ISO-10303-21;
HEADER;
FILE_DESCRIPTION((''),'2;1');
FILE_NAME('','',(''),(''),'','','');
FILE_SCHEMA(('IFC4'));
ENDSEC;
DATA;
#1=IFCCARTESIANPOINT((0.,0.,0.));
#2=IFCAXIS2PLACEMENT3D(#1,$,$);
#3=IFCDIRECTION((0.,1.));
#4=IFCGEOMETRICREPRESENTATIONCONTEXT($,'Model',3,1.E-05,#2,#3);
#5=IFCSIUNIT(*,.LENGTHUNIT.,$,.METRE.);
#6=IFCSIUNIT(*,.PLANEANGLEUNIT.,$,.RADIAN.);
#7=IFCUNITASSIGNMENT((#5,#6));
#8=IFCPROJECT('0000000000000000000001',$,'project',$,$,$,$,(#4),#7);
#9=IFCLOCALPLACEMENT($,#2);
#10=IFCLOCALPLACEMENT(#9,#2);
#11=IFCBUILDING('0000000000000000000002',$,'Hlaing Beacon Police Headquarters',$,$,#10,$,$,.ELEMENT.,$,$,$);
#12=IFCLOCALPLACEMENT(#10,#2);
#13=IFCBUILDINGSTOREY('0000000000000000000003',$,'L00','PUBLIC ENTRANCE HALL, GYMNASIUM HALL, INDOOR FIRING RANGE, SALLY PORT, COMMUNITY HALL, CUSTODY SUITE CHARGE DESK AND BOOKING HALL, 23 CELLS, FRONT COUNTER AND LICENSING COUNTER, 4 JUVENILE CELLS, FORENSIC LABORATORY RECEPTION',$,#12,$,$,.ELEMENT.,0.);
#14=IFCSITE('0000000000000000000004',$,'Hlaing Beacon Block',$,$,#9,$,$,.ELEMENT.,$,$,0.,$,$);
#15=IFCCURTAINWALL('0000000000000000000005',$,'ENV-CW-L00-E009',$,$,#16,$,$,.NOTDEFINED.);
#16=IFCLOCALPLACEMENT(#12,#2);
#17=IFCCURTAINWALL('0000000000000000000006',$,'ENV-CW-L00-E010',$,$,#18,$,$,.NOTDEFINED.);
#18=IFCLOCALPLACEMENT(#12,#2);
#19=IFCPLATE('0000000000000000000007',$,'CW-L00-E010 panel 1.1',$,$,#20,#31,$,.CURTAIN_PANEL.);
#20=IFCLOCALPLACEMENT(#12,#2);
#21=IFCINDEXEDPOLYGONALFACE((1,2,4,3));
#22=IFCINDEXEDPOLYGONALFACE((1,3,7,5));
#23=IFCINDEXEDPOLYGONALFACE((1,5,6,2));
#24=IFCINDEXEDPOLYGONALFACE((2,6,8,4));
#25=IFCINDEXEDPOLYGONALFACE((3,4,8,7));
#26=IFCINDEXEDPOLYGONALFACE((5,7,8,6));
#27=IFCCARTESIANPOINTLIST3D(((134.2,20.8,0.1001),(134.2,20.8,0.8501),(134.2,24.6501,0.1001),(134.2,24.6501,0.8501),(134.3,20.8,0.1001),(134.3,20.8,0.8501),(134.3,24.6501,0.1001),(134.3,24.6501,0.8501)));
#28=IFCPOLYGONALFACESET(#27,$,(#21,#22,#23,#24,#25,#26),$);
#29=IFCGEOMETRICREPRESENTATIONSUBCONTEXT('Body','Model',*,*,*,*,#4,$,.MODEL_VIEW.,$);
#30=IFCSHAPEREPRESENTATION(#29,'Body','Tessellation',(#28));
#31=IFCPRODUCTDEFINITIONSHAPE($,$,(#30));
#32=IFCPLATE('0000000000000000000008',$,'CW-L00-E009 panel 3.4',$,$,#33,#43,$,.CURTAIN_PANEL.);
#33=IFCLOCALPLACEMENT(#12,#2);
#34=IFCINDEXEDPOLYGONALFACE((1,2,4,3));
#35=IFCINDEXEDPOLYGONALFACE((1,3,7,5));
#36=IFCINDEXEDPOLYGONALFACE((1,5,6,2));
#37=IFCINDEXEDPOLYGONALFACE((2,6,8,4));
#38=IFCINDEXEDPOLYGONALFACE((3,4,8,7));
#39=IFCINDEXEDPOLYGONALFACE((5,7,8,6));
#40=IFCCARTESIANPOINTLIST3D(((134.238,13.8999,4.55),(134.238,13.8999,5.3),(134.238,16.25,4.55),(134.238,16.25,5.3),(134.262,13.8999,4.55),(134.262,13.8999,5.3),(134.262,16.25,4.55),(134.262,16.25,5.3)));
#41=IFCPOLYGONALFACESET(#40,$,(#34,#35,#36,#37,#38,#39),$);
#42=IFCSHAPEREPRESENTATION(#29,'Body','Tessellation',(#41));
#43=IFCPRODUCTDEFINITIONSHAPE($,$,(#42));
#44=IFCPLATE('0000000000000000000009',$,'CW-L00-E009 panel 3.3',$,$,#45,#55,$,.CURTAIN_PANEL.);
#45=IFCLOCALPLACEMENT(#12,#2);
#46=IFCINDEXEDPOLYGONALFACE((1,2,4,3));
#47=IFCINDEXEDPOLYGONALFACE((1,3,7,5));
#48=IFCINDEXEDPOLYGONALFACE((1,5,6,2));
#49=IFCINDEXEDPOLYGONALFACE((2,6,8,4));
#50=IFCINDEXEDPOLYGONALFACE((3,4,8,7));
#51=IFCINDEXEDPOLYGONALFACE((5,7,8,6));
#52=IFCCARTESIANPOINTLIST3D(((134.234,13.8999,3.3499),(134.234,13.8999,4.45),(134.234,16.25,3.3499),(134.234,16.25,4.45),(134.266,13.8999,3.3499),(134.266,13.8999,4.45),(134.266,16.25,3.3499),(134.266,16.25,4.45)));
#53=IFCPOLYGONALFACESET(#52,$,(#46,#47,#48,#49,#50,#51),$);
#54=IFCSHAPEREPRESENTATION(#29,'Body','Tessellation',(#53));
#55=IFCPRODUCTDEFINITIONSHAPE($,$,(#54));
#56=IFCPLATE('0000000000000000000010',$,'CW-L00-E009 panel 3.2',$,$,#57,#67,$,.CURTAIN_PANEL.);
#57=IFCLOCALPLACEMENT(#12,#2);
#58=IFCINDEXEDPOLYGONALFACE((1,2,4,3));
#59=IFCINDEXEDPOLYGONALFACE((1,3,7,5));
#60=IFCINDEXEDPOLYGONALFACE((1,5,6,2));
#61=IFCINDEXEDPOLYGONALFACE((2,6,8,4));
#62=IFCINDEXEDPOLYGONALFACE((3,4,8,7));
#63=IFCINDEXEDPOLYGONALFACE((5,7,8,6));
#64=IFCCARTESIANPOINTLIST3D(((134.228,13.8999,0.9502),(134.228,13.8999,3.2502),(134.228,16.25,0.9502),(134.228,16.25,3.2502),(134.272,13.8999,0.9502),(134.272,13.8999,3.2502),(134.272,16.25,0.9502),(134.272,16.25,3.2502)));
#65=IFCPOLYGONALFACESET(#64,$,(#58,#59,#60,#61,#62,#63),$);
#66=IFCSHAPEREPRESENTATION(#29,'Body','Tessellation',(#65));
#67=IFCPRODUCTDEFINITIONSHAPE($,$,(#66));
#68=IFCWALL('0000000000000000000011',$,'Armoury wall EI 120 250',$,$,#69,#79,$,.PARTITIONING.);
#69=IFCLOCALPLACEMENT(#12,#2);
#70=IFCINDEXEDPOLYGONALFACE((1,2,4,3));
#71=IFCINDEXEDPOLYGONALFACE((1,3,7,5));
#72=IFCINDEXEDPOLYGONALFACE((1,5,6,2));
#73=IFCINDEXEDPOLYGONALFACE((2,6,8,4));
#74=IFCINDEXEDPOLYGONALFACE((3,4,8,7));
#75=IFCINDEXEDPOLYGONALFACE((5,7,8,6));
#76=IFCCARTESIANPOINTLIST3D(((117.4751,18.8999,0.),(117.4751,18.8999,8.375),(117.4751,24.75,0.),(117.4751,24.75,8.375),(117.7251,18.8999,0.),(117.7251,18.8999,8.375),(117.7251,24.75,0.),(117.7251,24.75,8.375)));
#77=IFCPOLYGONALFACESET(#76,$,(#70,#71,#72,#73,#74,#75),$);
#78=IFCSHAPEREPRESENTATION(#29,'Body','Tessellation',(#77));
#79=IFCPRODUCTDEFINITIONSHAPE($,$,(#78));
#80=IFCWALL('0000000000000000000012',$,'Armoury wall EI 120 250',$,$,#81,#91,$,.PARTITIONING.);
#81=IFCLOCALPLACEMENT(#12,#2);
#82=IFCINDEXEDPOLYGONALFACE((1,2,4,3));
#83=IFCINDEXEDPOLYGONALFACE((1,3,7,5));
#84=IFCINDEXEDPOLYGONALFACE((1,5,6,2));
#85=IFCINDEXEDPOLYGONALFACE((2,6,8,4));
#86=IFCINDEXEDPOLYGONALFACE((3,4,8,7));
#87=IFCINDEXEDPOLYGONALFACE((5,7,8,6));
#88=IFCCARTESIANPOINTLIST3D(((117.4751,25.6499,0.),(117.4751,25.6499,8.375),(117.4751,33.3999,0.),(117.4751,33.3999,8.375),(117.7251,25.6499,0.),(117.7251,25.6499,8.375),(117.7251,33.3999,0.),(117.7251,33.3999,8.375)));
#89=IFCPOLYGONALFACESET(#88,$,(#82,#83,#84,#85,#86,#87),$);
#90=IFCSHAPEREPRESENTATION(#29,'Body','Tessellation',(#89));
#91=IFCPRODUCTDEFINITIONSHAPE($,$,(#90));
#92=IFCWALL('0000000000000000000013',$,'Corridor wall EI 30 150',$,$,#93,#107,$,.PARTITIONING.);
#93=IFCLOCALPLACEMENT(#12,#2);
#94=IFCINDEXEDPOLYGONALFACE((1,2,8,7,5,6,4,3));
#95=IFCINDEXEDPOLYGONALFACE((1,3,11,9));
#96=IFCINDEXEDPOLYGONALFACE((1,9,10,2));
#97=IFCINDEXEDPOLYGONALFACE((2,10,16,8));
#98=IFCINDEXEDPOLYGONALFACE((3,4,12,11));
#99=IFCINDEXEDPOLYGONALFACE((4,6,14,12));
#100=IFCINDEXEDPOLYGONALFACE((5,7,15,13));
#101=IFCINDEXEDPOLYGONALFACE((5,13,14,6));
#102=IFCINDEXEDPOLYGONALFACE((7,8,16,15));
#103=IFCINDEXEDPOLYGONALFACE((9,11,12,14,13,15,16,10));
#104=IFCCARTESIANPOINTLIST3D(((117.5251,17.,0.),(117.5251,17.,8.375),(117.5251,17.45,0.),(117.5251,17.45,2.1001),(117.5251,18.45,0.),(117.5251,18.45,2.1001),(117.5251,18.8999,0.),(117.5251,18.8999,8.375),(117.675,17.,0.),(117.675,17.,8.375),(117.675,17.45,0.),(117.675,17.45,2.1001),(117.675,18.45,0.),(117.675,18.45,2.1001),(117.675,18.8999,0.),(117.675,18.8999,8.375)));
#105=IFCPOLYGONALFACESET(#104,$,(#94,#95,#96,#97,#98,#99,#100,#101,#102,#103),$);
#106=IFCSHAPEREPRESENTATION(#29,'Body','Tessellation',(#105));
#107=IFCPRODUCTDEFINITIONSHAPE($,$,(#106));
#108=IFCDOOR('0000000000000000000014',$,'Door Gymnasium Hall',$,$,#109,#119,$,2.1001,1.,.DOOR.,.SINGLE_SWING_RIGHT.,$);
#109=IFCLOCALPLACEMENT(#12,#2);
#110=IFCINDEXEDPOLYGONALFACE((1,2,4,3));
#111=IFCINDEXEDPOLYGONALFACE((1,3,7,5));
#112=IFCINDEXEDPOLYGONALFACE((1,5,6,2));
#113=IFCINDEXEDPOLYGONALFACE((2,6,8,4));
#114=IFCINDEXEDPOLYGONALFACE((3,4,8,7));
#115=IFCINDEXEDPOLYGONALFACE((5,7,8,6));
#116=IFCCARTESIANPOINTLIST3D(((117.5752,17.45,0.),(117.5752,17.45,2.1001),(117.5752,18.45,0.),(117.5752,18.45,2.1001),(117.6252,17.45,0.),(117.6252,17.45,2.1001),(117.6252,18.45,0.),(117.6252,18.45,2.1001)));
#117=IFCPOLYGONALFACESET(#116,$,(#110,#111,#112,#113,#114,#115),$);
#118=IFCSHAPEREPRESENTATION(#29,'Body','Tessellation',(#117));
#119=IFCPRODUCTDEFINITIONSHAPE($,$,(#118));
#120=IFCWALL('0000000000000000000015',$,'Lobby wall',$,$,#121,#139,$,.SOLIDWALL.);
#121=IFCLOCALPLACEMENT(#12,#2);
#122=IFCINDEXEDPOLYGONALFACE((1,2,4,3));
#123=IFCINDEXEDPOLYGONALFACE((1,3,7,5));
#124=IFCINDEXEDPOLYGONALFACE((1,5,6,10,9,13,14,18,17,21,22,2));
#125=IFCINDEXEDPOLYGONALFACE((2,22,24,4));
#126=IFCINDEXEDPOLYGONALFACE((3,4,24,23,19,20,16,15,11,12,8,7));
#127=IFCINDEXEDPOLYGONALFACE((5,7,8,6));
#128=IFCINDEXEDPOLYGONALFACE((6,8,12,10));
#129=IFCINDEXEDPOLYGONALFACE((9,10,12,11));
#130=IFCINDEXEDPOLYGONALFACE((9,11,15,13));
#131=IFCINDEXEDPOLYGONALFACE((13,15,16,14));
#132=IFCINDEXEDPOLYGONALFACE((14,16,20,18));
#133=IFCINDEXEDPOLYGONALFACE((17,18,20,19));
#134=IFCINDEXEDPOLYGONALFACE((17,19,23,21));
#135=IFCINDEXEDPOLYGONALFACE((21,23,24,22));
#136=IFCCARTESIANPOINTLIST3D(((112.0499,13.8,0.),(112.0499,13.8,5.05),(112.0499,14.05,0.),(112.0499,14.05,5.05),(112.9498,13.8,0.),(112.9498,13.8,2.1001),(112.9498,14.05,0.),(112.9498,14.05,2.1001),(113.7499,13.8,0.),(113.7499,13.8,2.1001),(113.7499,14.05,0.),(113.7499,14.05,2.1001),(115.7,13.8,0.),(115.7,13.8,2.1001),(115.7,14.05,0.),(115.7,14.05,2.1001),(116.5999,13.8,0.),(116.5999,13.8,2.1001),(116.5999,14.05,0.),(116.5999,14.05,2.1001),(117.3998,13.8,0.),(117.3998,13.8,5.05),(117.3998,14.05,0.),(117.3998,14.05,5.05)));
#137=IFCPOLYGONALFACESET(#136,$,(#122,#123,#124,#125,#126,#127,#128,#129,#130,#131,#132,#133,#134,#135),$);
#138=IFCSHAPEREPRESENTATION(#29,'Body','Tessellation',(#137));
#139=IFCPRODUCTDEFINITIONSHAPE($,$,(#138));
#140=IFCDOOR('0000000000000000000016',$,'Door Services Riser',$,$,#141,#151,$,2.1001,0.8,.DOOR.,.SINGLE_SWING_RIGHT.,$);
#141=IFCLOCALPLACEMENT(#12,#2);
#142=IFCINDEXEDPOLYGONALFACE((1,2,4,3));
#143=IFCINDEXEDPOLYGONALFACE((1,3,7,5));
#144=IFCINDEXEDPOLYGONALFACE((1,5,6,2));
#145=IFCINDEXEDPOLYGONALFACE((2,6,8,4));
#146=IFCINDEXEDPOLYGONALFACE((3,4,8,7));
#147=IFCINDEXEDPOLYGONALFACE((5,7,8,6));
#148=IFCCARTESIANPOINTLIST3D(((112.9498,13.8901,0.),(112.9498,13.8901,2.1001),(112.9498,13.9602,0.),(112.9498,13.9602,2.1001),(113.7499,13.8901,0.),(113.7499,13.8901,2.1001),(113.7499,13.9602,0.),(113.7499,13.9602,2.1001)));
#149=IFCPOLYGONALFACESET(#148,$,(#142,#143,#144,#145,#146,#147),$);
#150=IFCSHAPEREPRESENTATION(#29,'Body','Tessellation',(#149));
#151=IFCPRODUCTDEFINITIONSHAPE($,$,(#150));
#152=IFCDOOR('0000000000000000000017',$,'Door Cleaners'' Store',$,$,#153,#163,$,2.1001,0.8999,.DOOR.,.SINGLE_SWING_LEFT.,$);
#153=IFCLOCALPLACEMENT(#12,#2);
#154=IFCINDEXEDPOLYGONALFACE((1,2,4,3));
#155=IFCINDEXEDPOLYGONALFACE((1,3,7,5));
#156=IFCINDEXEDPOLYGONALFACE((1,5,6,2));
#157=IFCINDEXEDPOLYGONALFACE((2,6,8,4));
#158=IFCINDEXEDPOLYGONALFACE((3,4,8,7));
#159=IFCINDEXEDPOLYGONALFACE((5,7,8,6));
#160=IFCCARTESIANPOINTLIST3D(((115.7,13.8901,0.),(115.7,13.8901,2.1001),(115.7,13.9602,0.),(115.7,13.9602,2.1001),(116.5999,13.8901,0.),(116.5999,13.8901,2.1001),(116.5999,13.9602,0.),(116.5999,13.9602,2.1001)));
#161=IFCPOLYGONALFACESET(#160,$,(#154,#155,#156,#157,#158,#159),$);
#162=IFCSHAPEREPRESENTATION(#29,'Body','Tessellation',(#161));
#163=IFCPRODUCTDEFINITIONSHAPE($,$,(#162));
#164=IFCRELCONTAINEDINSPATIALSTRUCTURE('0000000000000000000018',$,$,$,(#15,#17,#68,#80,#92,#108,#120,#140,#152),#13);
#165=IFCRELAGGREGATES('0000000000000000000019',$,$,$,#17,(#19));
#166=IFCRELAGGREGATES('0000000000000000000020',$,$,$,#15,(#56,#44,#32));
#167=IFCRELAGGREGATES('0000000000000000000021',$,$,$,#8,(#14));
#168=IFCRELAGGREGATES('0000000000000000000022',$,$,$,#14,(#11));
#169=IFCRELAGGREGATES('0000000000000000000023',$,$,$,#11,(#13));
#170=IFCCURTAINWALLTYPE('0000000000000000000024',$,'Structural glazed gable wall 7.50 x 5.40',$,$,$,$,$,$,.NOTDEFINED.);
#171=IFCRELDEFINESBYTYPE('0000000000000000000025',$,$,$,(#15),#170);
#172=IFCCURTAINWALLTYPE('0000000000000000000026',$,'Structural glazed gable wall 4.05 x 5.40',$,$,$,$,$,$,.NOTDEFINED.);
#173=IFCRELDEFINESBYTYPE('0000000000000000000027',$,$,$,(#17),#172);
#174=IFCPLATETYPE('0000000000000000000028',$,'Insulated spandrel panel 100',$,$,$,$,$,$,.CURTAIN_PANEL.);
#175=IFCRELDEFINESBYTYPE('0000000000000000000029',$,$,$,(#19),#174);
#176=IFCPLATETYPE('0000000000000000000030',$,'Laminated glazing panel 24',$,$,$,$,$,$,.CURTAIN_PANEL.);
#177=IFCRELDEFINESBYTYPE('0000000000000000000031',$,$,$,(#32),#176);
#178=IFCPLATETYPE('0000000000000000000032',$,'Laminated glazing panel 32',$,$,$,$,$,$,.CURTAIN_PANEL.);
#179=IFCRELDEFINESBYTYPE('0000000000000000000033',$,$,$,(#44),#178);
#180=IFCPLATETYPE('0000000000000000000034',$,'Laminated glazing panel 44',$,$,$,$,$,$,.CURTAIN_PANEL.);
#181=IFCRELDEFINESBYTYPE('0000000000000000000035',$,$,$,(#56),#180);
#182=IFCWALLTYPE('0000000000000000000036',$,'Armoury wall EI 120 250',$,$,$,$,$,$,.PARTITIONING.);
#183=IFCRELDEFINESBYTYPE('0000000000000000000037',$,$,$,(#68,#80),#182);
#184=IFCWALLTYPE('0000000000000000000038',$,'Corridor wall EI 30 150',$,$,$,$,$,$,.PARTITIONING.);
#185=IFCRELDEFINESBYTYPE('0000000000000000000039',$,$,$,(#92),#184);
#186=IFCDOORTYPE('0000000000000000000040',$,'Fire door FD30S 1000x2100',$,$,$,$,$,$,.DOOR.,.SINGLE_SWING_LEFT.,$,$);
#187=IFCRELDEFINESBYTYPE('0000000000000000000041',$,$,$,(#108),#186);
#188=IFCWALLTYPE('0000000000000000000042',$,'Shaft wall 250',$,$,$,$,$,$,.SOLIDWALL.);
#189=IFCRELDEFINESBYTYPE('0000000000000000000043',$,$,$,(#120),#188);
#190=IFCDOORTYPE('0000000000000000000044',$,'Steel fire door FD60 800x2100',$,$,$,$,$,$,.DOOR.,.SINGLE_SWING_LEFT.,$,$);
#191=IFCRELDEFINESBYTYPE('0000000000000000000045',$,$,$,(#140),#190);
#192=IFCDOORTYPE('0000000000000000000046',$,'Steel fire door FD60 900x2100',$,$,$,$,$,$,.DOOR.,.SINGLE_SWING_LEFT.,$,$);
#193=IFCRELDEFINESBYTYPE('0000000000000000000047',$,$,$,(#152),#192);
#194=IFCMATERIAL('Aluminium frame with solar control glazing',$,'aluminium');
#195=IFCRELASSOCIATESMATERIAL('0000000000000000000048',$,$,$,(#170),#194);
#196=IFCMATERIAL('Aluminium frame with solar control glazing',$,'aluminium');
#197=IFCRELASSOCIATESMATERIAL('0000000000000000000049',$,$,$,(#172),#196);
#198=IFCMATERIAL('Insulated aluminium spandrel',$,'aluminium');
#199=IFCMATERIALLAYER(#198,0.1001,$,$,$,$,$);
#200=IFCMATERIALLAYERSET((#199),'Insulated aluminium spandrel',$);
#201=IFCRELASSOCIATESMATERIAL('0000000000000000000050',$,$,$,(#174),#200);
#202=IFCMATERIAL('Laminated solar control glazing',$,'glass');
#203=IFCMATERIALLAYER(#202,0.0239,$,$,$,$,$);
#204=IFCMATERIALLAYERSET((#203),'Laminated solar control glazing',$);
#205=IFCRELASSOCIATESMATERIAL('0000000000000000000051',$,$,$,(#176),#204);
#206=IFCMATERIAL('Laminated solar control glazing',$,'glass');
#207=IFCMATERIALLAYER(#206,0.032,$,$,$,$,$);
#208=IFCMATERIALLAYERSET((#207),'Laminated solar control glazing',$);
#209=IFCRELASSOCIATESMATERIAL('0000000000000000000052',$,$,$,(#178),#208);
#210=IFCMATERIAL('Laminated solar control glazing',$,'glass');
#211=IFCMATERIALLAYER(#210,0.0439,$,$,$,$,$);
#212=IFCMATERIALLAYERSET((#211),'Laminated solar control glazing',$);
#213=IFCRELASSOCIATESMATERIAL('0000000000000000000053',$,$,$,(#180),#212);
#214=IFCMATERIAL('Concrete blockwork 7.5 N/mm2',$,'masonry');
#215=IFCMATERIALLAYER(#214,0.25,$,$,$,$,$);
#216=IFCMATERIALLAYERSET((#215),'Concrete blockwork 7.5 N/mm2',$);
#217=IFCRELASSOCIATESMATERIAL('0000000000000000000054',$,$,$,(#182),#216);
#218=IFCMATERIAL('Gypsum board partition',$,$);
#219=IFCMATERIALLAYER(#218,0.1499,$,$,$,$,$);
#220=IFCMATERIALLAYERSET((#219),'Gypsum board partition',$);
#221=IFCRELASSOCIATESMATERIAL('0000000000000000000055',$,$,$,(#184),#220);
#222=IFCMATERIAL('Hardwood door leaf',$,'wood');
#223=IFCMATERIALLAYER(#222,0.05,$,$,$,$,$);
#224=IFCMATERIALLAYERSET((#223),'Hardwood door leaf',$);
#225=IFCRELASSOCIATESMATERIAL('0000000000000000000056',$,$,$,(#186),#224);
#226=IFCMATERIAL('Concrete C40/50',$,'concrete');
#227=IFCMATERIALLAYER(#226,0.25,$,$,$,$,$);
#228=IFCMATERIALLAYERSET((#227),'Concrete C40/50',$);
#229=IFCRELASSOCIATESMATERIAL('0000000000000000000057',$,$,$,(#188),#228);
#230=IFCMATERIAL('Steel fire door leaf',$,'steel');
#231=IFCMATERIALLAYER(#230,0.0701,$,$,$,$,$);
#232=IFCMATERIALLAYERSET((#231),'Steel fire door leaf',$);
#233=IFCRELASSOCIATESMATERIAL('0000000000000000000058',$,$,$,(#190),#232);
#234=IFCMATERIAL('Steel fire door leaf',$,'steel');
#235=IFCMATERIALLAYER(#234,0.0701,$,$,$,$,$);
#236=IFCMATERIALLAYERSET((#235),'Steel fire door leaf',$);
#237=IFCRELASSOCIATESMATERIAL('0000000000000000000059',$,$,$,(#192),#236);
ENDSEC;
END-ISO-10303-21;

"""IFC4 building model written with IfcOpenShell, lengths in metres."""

from ifc_helpers import new_model, si_unit, direction, frame, frame_2d, origin, origin_2d, place, context, subcontext, project, spatial, rectangle, extrude, material, layer, layer_set, type_object, element, fill, aggregate, save


model = new_model("IFC4")

# Units and contexts
model_context = context("Model", 3, precision=1e-05, world=origin(), true_north=direction((0.0, 1.0)))
body_context = subcontext(model_context, "Body", "Model", "MODEL_VIEW")
ifc_project = project(units=[si_unit("LENGTHUNIT", "METRE"), si_unit("PLANEANGLEUNIT", "RADIAN")], contexts=[model_context])

# Site, building, storey
site_placement = place(None, origin())
site = spatial("IfcSite", under=ifc_project, at=site_placement, Name="Hlaing Beacon Block", CompositionType="ELEMENT", RefElevation=0.0)
building_placement = place(site_placement, origin())
building = spatial("IfcBuilding", under=site, at=building_placement, Name="Hlaing Beacon Police Headquarters", CompositionType="ELEMENT")
storey_placement = place(building_placement, origin())
storey = spatial("IfcBuildingStorey", under=building, at=storey_placement, Name="L00", Description="PUBLIC ENTRANCE HALL, GYMNASIUM HALL, INDOOR FIRING RANGE, SALLY PORT, COMMUNITY HALL, CUSTODY SUITE CHARGE DESK AND BOOKING HALL, 23 CELLS, FRONT COUNTER AND LICENSING COUNTER, 4 JUVENILE CELLS, FORENSIC LABORATORY RECEPTION", CompositionType="ELEMENT", Elevation=0.0)

# Curtain walls
ifc_material_1 = material(Name="Aluminium frame with solar control glazing", Category="aluminium")
curtain_wall_type_1 = type_object("IfcCurtainWallType", Name="Structural glazed gable wall 7.50 x 5.40", PredefinedType="NOTDEFINED", material=ifc_material_1)
curtain_wall_1_placement = place(storey_placement, origin())
curtain_wall_1 = element("IfcCurtainWall", 1, at=curtain_wall_1_placement, inside=storey, type_object=curtain_wall_type_1, Name="ENV-CW-L00-E009", PredefinedType="NOTDEFINED")
ifc_material_2 = material(Name="Aluminium frame with solar control glazing", Category="aluminium")
curtain_wall_type_2 = type_object("IfcCurtainWallType", Name="Structural glazed gable wall 4.05 x 5.40", PredefinedType="NOTDEFINED", material=ifc_material_2)
curtain_wall_2_placement = place(storey_placement, origin())
curtain_wall_2 = element("IfcCurtainWall", 2, at=curtain_wall_2_placement, inside=storey, type_object=curtain_wall_type_2, Name="ENV-CW-L00-E010", PredefinedType="NOTDEFINED")

# Plates
ifc_material_3 = material(Name="Insulated aluminium spandrel", Category="aluminium")
ifc_layer_1 = layer(ifc_material_3, 0.1001)
ifc_layer_set_1 = layer_set([ifc_layer_1], Name="Insulated aluminium spandrel")
plate_type_1 = type_object("IfcPlateType", Name="Insulated spandrel panel 100", PredefinedType="CURTAIN_PANEL", material=ifc_layer_set_1)
plate_1_placement = place(storey_placement, frame((134.25, 22.7251, 0.1001), z_axis=(0.0, 0.0, 1.0), x_axis=(0.0, 1.0, 0.0)))
plate_1 = element("IfcPlate", 3, at=plate_1_placement, type_object=plate_type_1, Name="CW-L00-E010 panel 1.1", PredefinedType="CURTAIN_PANEL", context=body_context, shape_type="SweptSolid", body=[
    extrude(rectangle(XDim=3.8501, YDim=0.1001, at=origin_2d()), origin(), (0.0, 0.0, 1.0), 0.75),
])
aggregate(curtain_wall_2, [plate_1])
ifc_material_4 = material(Name="Laminated solar control glazing", Category="glass")
ifc_layer_2 = layer(ifc_material_4, 0.0239)
ifc_layer_set_2 = layer_set([ifc_layer_2], Name="Laminated solar control glazing")
plate_type_2 = type_object("IfcPlateType", Name="Laminated glazing panel 24", PredefinedType="CURTAIN_PANEL", material=ifc_layer_set_2)
plate_2_placement = place(storey_placement, frame((134.25, 15.075, 4.55), z_axis=(0.0, 0.0, 1.0), x_axis=(0.0, 1.0, 0.0)))
plate_2 = element("IfcPlate", 4, at=plate_2_placement, type_object=plate_type_2, Name="CW-L00-E009 panel 3.4", PredefinedType="CURTAIN_PANEL", context=body_context, shape_type="SweptSolid", body=[
    extrude(rectangle(XDim=2.3501, YDim=0.0239, at=origin_2d()), origin(), (0.0, 0.0, 1.0), 0.75),
])
ifc_material_5 = material(Name="Laminated solar control glazing", Category="glass")
ifc_layer_3 = layer(ifc_material_5, 0.032)
ifc_layer_set_3 = layer_set([ifc_layer_3], Name="Laminated solar control glazing")
plate_type_3 = type_object("IfcPlateType", Name="Laminated glazing panel 32", PredefinedType="CURTAIN_PANEL", material=ifc_layer_set_3)
plate_3_placement = place(storey_placement, frame((134.25, 15.075, 3.3499), z_axis=(0.0, 0.0, 1.0), x_axis=(0.0, 1.0, 0.0)))
plate_3 = element("IfcPlate", 5, at=plate_3_placement, type_object=plate_type_3, Name="CW-L00-E009 panel 3.3", PredefinedType="CURTAIN_PANEL", context=body_context, shape_type="SweptSolid", body=[
    extrude(rectangle(XDim=2.3501, YDim=0.032, at=origin_2d()), origin(), (0.0, 0.0, 1.0), 1.1001),
])
ifc_material_6 = material(Name="Laminated solar control glazing", Category="glass")
ifc_layer_4 = layer(ifc_material_6, 0.0439)
ifc_layer_set_4 = layer_set([ifc_layer_4], Name="Laminated solar control glazing")
plate_type_4 = type_object("IfcPlateType", Name="Laminated glazing panel 44", PredefinedType="CURTAIN_PANEL", material=ifc_layer_set_4)
plate_4_placement = place(storey_placement, frame((134.25, 15.075, 0.9502), z_axis=(0.0, 0.0, 1.0), x_axis=(0.0, 1.0, 0.0)))
plate_4 = element("IfcPlate", 6, at=plate_4_placement, type_object=plate_type_4, Name="CW-L00-E009 panel 3.2", PredefinedType="CURTAIN_PANEL", context=body_context, shape_type="SweptSolid", body=[
    extrude(rectangle(XDim=2.3501, YDim=0.0439, at=origin_2d()), origin(), (0.0, 0.0, 1.0), 2.3),
])
aggregate(curtain_wall_1, [plate_4, plate_3, plate_2])

# Walls
ifc_material_7 = material(Name="Concrete blockwork 7.5 N/mm2", Category="masonry")
ifc_layer_5 = layer(ifc_material_7, 0.25)
ifc_layer_set_5 = layer_set([ifc_layer_5], Name="Concrete blockwork 7.5 N/mm2")
wall_type_1 = type_object("IfcWallType", Name="Armoury wall EI 120 250", PredefinedType="PARTITIONING", material=ifc_layer_set_5)
wall_1_placement = place(storey_placement, frame((117.6001, 18.8999, 0.0), z_axis=(0.0, 0.0, 1.0), x_axis=(0.0, 1.0, 0.0)))
element("IfcWall", 7, at=wall_1_placement, inside=storey, type_object=wall_type_1, Name="Armoury wall EI 120 250", PredefinedType="PARTITIONING", context=body_context, shape_type="SweptSolid", body=[
    extrude(rectangle(XDim=5.8501, YDim=0.25, at=frame_2d((2.925, 0.0))), origin(), (0.0, 0.0, 1.0), 8.375),
])
wall_2_placement = place(storey_placement, frame((117.6001, 25.6499, 0.0), z_axis=(0.0, 0.0, 1.0), x_axis=(0.0, 1.0, 0.0)))
element("IfcWall", 8, at=wall_2_placement, inside=storey, type_object=wall_type_1, Name="Armoury wall EI 120 250", PredefinedType="PARTITIONING", context=body_context, shape_type="SweptSolid", body=[
    extrude(rectangle(XDim=7.75, YDim=0.25, at=frame_2d((3.875, 0.0))), origin(), (0.0, 0.0, 1.0), 8.375),
])

# Wall, opening, door
ifc_material_8 = material(Name="Gypsum board partition")
ifc_layer_6 = layer(ifc_material_8, 0.1499)
ifc_layer_set_6 = layer_set([ifc_layer_6], Name="Gypsum board partition")
wall_type_2 = type_object("IfcWallType", Name="Corridor wall EI 30 150", PredefinedType="PARTITIONING", material=ifc_layer_set_6)
wall_3_placement = place(storey_placement, frame((117.6001, 17.0, 0.0), z_axis=(0.0, 0.0, 1.0), x_axis=(0.0, 1.0, 0.0)))
wall_3 = element("IfcWall", 9, at=wall_3_placement, inside=storey, type_object=wall_type_2, Name="Corridor wall EI 30 150", PredefinedType="PARTITIONING", context=body_context, shape_type="SweptSolid", body=[
    extrude(rectangle(XDim=1.8999, YDim=0.1499, at=frame_2d((0.95, 0.0))), origin(), (0.0, 0.0, 1.0), 8.375),
])
opening_1_placement = place(wall_3_placement, frame((0.45, 0.0, 0.0)))
opening_1 = element("IfcOpeningElement", 10, at=opening_1_placement, cuts=wall_3, PredefinedType="OPENING", context=body_context, shape_type="SweptSolid", body=[
    extrude(rectangle(XDim=1.0, YDim=2.1001, at=frame_2d((0.5, 1.05))), frame((0.0, 0.085, 0.0), z_axis=(0.0, -1.0, 0.0), x_axis=(1.0, 0.0, 0.0)), (0.0, 0.0, 1.0), 0.1699),
])
ifc_material_9 = material(Name="Hardwood door leaf", Category="wood")
ifc_layer_7 = layer(ifc_material_9, 0.05)
ifc_layer_set_7 = layer_set([ifc_layer_7], Name="Hardwood door leaf")
door_type_1 = type_object("IfcDoorType", Name="Fire door FD30S 1000x2100", OperationType="SINGLE_SWING_LEFT", PredefinedType="DOOR", material=ifc_layer_set_7)
door_1_placement = place(opening_1_placement, origin())
door_1 = element("IfcDoor", 11, at=door_1_placement, inside=storey, type_object=door_type_1, Name="Door Gymnasium Hall", OperationType="SINGLE_SWING_RIGHT", OverallHeight=2.1001, OverallWidth=1.0, PredefinedType="DOOR", context=body_context, shape_type="SweptSolid", body=[
    extrude(rectangle(XDim=1.0, YDim=2.1001, at=frame_2d((0.5, 1.05))), frame((0.0, 0.0249, 0.0), z_axis=(0.0, -1.0, 0.0), x_axis=(1.0, 0.0, 0.0)), (0.0, 0.0, 1.0), 0.05),
])
fill(opening_1, door_1)

# Wall, openings, doors
ifc_material_10 = material(Name="Concrete C40/50", Category="concrete")
ifc_layer_8 = layer(ifc_material_10, 0.25)
ifc_layer_set_8 = layer_set([ifc_layer_8], Name="Concrete C40/50")
wall_type_3 = type_object("IfcWallType", Name="Shaft wall 250", PredefinedType="SOLIDWALL", material=ifc_layer_set_8)
wall_4_placement = place(storey_placement, frame((112.05, 13.925, 0.0), z_axis=(0.0, 0.0, 1.0), x_axis=(1.0, 0.0, 0.0)))
wall_4 = element("IfcWall", 12, at=wall_4_placement, inside=storey, type_object=wall_type_3, Name="Lobby wall", PredefinedType="SOLIDWALL", context=body_context, shape_type="SweptSolid", body=[
    extrude(rectangle(XDim=5.3499, YDim=0.25, at=frame_2d((2.6748, 0.0))), origin(), (0.0, 0.0, 1.0), 5.05),
])
opening_2_placement = place(wall_4_placement, frame((3.6499, 0.0, 0.0)))
opening_2 = element("IfcOpeningElement", 13, at=opening_2_placement, cuts=wall_4, PredefinedType="OPENING", context=body_context, shape_type="SweptSolid", body=[
    extrude(rectangle(XDim=0.8999, YDim=2.1001, at=frame_2d((0.45, 1.05))), frame((0.0, 0.135, 0.0), z_axis=(0.0, -1.0, 0.0), x_axis=(1.0, 0.0, 0.0)), (0.0, 0.0, 1.0), 0.27),
])
opening_3_placement = place(wall_4_placement, frame((0.8999, 0.0, 0.0)))
opening_3 = element("IfcOpeningElement", 14, at=opening_3_placement, cuts=wall_4, PredefinedType="OPENING", context=body_context, shape_type="SweptSolid", body=[
    extrude(rectangle(XDim=0.8, YDim=2.1001, at=frame_2d((0.3999, 1.05))), frame((0.0, 0.135, 0.0), z_axis=(0.0, -1.0, 0.0), x_axis=(1.0, 0.0, 0.0)), (0.0, 0.0, 1.0), 0.27),
])
ifc_material_11 = material(Name="Steel fire door leaf", Category="steel")
ifc_layer_9 = layer(ifc_material_11, 0.0701)
ifc_layer_set_9 = layer_set([ifc_layer_9], Name="Steel fire door leaf")
door_type_2 = type_object("IfcDoorType", Name="Steel fire door FD60 800x2100", OperationType="SINGLE_SWING_LEFT", PredefinedType="DOOR", material=ifc_layer_set_9)
door_2_placement = place(opening_3_placement, origin())
door_2 = element("IfcDoor", 15, at=door_2_placement, inside=storey, type_object=door_type_2, Name="Door Services Riser", OperationType="SINGLE_SWING_RIGHT", OverallHeight=2.1001, OverallWidth=0.8, PredefinedType="DOOR", context=body_context, shape_type="SweptSolid", body=[
    extrude(rectangle(XDim=0.8, YDim=2.1001, at=frame_2d((0.3999, 1.05))), frame((0.0, 0.0352, 0.0), z_axis=(0.0, -1.0, 0.0), x_axis=(1.0, 0.0, 0.0)), (0.0, 0.0, 1.0), 0.0701),
])
fill(opening_3, door_2)
ifc_material_12 = material(Name="Steel fire door leaf", Category="steel")
ifc_layer_10 = layer(ifc_material_12, 0.0701)
ifc_layer_set_10 = layer_set([ifc_layer_10], Name="Steel fire door leaf")
door_type_3 = type_object("IfcDoorType", Name="Steel fire door FD60 900x2100", OperationType="SINGLE_SWING_LEFT", PredefinedType="DOOR", material=ifc_layer_set_10)
door_3_placement = place(opening_2_placement, origin())
door_3 = element("IfcDoor", 16, at=door_3_placement, inside=storey, type_object=door_type_3, Name="Door Cleaners' Store", OperationType="SINGLE_SWING_LEFT", OverallHeight=2.1001, OverallWidth=0.8999, PredefinedType="DOOR", context=body_context, shape_type="SweptSolid", body=[
    extrude(rectangle(XDim=0.8999, YDim=2.1001, at=frame_2d((0.45, 1.05))), frame((0.0, 0.0352, 0.0), z_axis=(0.0, -1.0, 0.0), x_axis=(1.0, 0.0, 0.0)), (0.0, 0.0, 1.0), 0.0701),
])
fill(opening_2, door_3)

save(model, "model.ifc")
